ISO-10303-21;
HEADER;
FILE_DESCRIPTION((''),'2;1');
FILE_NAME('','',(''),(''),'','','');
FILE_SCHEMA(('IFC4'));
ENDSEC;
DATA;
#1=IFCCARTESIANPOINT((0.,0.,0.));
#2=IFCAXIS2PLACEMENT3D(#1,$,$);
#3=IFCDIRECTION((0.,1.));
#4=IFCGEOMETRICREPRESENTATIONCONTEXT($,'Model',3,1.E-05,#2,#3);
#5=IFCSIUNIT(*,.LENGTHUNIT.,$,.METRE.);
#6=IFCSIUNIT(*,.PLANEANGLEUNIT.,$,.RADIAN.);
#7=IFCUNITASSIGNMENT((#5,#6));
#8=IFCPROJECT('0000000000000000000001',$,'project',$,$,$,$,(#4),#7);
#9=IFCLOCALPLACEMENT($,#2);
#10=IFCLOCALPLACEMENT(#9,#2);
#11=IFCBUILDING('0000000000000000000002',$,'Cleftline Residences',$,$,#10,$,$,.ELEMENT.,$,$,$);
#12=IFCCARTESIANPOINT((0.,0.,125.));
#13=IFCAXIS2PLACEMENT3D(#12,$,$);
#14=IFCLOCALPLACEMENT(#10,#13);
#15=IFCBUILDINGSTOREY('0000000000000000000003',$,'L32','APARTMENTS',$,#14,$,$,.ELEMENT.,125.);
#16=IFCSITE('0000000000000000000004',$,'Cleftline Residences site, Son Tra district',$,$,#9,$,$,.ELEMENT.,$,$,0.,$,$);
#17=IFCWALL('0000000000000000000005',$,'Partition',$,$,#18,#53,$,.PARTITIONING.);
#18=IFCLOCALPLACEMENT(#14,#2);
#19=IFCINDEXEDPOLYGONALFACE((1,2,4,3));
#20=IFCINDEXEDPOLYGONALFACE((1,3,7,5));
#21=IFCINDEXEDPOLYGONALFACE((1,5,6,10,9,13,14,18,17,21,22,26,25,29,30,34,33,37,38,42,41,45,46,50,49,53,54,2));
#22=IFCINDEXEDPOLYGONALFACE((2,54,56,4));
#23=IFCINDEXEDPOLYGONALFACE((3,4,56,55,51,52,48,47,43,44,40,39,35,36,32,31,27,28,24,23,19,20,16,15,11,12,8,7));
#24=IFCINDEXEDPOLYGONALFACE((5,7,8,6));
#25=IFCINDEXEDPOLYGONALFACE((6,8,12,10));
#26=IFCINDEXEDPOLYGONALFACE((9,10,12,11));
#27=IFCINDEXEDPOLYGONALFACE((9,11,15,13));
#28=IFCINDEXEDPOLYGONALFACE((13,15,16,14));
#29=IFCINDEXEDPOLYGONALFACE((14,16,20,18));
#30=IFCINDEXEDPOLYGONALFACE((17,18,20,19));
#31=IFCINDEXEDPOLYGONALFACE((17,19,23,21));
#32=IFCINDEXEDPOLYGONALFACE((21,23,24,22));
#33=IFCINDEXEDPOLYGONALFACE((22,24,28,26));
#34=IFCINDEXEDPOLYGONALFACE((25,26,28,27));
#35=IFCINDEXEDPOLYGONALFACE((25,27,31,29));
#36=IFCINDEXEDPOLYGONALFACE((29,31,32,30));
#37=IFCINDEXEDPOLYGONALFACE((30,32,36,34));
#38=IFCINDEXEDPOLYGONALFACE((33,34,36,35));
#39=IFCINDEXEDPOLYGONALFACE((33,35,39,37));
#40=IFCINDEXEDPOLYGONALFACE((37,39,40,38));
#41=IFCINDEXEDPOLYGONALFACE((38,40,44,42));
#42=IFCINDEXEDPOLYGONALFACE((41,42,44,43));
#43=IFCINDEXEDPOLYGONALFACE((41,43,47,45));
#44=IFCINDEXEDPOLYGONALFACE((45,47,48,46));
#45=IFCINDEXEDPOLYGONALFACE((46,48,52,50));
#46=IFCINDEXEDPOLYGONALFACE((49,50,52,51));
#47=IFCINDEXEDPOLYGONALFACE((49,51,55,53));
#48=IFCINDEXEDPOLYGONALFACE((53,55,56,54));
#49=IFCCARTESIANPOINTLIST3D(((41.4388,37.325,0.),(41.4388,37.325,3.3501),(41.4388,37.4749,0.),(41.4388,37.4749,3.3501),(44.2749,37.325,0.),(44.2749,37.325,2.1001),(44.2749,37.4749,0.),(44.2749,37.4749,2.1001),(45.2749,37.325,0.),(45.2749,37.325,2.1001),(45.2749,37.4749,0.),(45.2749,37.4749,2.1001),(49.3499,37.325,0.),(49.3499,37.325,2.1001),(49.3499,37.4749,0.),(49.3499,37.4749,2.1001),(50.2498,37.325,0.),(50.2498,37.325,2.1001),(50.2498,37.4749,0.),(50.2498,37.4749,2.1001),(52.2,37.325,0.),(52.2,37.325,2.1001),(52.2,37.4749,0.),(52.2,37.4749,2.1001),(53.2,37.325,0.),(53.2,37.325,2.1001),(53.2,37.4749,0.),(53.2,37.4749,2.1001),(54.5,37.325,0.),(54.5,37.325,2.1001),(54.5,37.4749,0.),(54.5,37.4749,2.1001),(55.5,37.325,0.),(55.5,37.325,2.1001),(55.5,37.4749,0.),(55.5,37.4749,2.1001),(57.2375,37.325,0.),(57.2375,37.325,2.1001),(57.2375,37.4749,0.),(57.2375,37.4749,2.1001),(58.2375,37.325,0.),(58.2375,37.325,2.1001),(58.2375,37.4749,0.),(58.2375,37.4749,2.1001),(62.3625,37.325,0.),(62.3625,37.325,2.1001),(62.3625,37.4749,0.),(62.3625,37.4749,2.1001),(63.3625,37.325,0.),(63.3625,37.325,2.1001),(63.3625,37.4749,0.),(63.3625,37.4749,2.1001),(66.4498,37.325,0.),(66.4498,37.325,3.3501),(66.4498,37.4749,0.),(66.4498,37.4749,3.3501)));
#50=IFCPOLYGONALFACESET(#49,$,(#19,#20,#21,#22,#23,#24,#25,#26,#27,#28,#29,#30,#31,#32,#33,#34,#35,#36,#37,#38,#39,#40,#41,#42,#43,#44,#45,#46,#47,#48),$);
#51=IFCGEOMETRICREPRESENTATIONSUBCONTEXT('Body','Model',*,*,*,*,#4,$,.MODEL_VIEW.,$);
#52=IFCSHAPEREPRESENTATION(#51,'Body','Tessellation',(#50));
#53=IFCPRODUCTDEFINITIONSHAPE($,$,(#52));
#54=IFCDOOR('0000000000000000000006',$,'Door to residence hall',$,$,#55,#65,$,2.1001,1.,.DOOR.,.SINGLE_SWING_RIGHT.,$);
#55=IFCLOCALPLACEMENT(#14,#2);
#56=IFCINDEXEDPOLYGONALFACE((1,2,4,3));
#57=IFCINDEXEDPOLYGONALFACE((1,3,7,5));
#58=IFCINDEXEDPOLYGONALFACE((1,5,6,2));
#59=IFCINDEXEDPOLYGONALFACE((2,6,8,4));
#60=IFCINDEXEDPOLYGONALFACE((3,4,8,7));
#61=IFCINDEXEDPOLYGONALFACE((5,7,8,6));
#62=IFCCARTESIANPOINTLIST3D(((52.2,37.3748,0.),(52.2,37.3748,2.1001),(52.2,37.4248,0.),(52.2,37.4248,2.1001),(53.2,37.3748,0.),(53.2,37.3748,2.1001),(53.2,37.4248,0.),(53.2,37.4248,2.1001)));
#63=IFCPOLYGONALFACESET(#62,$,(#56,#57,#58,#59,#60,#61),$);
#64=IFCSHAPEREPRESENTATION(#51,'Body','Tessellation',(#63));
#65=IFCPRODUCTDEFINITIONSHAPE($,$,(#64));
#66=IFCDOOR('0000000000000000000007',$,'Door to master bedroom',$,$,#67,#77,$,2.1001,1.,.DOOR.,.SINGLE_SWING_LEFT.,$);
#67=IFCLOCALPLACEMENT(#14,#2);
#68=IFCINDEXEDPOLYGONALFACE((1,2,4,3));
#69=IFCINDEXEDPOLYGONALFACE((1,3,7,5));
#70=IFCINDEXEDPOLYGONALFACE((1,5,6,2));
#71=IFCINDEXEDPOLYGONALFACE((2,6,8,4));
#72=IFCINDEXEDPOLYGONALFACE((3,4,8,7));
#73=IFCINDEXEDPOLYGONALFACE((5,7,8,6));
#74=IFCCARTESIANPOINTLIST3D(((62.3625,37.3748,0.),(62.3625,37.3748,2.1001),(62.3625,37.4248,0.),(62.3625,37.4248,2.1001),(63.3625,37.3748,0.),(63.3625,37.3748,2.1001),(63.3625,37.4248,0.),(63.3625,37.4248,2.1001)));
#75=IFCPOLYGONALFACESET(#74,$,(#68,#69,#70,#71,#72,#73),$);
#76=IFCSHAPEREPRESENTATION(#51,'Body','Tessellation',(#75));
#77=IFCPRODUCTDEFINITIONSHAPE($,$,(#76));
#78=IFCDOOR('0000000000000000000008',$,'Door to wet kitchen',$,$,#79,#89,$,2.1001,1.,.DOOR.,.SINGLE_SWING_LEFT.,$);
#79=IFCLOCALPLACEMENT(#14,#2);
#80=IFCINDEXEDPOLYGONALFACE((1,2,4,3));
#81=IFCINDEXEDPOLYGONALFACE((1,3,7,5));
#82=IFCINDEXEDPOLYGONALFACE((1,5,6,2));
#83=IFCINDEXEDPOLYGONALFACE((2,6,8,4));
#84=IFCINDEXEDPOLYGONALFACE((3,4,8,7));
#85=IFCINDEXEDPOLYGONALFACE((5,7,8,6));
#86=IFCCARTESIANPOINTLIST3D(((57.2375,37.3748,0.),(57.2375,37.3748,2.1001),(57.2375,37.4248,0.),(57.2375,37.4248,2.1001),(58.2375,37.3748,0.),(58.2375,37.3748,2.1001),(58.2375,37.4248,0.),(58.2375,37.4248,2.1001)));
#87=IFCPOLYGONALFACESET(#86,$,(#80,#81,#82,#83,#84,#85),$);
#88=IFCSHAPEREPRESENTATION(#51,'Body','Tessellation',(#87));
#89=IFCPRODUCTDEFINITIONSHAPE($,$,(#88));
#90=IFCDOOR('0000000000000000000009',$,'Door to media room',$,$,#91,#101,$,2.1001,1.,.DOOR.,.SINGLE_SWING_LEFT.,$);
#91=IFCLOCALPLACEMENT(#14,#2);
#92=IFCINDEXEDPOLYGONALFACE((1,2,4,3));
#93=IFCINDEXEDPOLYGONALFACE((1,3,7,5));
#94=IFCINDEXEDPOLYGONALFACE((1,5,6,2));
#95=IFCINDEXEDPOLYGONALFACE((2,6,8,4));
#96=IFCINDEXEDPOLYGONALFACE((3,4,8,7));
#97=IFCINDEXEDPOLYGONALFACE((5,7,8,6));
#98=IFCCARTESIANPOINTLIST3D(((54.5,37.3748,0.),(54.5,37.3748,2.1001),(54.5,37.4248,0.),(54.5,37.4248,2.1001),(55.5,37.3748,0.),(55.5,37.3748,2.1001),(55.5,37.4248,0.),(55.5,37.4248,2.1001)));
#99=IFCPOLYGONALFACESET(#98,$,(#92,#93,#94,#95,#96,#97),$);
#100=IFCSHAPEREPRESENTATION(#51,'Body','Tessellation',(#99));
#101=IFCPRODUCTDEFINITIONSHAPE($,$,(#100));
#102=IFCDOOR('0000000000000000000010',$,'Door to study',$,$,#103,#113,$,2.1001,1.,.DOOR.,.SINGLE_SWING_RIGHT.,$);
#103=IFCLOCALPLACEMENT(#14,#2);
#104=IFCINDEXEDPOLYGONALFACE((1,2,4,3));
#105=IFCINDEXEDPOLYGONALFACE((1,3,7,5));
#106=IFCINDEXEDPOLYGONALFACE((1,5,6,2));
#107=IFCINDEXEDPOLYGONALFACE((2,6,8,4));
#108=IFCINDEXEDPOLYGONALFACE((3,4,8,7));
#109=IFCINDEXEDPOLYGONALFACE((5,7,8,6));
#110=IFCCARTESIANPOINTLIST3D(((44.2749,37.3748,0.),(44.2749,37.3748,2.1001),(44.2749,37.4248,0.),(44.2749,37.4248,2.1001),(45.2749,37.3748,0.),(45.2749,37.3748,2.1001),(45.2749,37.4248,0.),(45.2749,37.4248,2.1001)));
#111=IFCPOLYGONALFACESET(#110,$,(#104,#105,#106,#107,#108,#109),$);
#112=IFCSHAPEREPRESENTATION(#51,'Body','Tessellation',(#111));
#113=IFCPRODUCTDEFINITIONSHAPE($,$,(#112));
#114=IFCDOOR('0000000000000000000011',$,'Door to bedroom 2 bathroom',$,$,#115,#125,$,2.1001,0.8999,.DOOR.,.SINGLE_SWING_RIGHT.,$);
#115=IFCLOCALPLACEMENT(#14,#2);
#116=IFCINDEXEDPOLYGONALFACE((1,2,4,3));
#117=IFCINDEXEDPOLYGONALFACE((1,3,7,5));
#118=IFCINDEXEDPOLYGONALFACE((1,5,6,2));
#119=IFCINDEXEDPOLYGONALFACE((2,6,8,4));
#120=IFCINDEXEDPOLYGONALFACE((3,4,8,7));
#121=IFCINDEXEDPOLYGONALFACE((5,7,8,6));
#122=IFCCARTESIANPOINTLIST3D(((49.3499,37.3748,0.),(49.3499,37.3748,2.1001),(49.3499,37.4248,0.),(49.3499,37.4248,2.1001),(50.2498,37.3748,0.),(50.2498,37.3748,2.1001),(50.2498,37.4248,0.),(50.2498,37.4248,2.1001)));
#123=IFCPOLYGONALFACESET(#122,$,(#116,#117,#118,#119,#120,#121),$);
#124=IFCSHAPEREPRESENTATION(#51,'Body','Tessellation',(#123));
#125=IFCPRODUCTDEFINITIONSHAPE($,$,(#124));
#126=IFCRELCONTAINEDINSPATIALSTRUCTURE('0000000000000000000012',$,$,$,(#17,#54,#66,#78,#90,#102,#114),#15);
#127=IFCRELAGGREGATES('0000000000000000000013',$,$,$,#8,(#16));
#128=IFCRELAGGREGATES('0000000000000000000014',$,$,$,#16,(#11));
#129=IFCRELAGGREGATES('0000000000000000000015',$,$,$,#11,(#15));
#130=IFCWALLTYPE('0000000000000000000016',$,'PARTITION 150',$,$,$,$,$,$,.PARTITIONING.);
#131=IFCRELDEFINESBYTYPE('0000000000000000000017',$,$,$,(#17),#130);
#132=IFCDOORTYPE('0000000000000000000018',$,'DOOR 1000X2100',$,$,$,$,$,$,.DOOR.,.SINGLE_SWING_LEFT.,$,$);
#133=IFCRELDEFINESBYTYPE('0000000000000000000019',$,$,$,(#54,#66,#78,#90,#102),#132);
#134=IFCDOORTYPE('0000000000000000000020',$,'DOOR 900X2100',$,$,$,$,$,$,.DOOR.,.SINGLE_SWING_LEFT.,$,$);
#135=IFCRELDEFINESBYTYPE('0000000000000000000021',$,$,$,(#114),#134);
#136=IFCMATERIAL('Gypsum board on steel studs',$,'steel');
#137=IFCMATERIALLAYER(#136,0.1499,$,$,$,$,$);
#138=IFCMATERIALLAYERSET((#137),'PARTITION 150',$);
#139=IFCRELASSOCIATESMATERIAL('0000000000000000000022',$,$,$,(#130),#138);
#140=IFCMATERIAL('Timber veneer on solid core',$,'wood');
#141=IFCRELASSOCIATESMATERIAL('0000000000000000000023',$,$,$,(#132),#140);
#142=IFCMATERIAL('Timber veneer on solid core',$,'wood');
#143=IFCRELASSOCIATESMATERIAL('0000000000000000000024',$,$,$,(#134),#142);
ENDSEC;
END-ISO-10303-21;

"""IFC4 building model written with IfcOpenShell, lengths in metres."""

from ifc_helpers import new_model, si_unit, direction, frame, frame_2d, origin, place, context, subcontext, project, spatial, rectangle, extrude, material, layer, layer_set, type_object, element, fill, save


model = new_model("IFC4")

# Units and contexts
model_context = context("Model", 3, precision=1e-05, world=origin(), true_north=direction((0.0, 1.0)))
body_context = subcontext(model_context, "Body", "Model", "MODEL_VIEW")
ifc_project = project(units=[si_unit("LENGTHUNIT", "METRE"), si_unit("PLANEANGLEUNIT", "RADIAN")], contexts=[model_context])

# Site, building, storey
site_placement = place(None, origin())
site = spatial("IfcSite", under=ifc_project, at=site_placement, Name="Cleftline Residences site, Son Tra district", CompositionType="ELEMENT", RefElevation=0.0)
building_placement = place(site_placement, origin())
building = spatial("IfcBuilding", under=site, at=building_placement, Name="Cleftline Residences", CompositionType="ELEMENT")
storey_placement = place(building_placement, frame((0.0, 0.0, 125.0)))
storey = spatial("IfcBuildingStorey", under=building, at=storey_placement, Name="L32", Description="APARTMENTS", CompositionType="ELEMENT", Elevation=125.0)

# Wall, openings, doors
ifc_material_1 = material(Name="Gypsum board on steel studs", Category="steel")
ifc_layer_1 = layer(ifc_material_1, 0.1499)
ifc_layer_set_1 = layer_set([ifc_layer_1], Name="PARTITION 150")
wall_type = type_object("IfcWallType", Name="PARTITION 150", PredefinedType="PARTITIONING", material=ifc_layer_set_1)
wall_1_placement = place(storey_placement, frame((41.439, 37.3999, 0.0), z_axis=(0.0, 0.0, 1.0), x_axis=(1.0, 0.0, 0.0)))
wall_1 = element("IfcWall", 1, at=wall_1_placement, inside=storey, type_object=wall_type, Name="Partition", PredefinedType="PARTITIONING", context=body_context, shape_type="SweptSolid", body=[
    extrude(rectangle(XDim=25.011, YDim=0.1499, at=frame_2d((12.5054, 0.0))), origin(), (0.0, 0.0, 1.0), 3.3501),
])
opening_1_placement = place(wall_1_placement, frame((10.761, 0.0, 0.0)))
opening_1 = element("IfcOpeningElement", 2, at=opening_1_placement, cuts=wall_1, PredefinedType="OPENING", context=body_context, shape_type="SweptSolid", body=[
    extrude(rectangle(XDim=1.0, YDim=2.1001, at=frame_2d((0.5, 1.05))), frame((0.0, 0.085, 0.0), z_axis=(0.0, -1.0, 0.0), x_axis=(1.0, 0.0, 0.0)), (0.0, 0.0, 1.0), 0.1699),
])
opening_2_placement = place(wall_1_placement, frame((20.9236, 0.0, 0.0)))
opening_2 = element("IfcOpeningElement", 3, at=opening_2_placement, cuts=wall_1, PredefinedType="OPENING", context=body_context, shape_type="SweptSolid", body=[
    extrude(rectangle(XDim=1.0, YDim=2.1001, at=frame_2d((0.5, 1.05))), frame((0.0, 0.085, 0.0), z_axis=(0.0, -1.0, 0.0), x_axis=(1.0, 0.0, 0.0)), (0.0, 0.0, 1.0), 0.1699),
])
opening_3_placement = place(wall_1_placement, frame((15.7986, 0.0, 0.0)))
opening_3 = element("IfcOpeningElement", 4, at=opening_3_placement, cuts=wall_1, PredefinedType="OPENING", context=body_context, shape_type="SweptSolid", body=[
    extrude(rectangle(XDim=1.0, YDim=2.1001, at=frame_2d((0.5, 1.05))), frame((0.0, 0.085, 0.0), z_axis=(0.0, -1.0, 0.0), x_axis=(1.0, 0.0, 0.0)), (0.0, 0.0, 1.0), 0.1699),
])
opening_4_placement = place(wall_1_placement, frame((13.061, 0.0, 0.0)))
opening_4 = element("IfcOpeningElement", 5, at=opening_4_placement, cuts=wall_1, PredefinedType="OPENING", context=body_context, shape_type="SweptSolid", body=[
    extrude(rectangle(XDim=1.0, YDim=2.1001, at=frame_2d((0.5, 1.05))), frame((0.0, 0.085, 0.0), z_axis=(0.0, -1.0, 0.0), x_axis=(1.0, 0.0, 0.0)), (0.0, 0.0, 1.0), 0.1699),
])
opening_5_placement = place(wall_1_placement, frame((7.9109, 0.0, 0.0)))
opening_5 = element("IfcOpeningElement", 6, at=opening_5_placement, cuts=wall_1, PredefinedType="OPENING", context=body_context, shape_type="SweptSolid", body=[
    extrude(rectangle(XDim=0.8999, YDim=2.1001, at=frame_2d((0.45, 1.05))), frame((0.0, 0.085, 0.0), z_axis=(0.0, -1.0, 0.0), x_axis=(1.0, 0.0, 0.0)), (0.0, 0.0, 1.0), 0.1699),
])
opening_6_placement = place(wall_1_placement, frame((2.8359, 0.0, 0.0)))
opening_6 = element("IfcOpeningElement", 7, at=opening_6_placement, cuts=wall_1, PredefinedType="OPENING", context=body_context, shape_type="SweptSolid", body=[
    extrude(rectangle(XDim=1.0, YDim=2.1001, at=frame_2d((0.5, 1.05))), frame((0.0, 0.085, 0.0), z_axis=(0.0, -1.0, 0.0), x_axis=(1.0, 0.0, 0.0)), (0.0, 0.0, 1.0), 0.1699),
])
ifc_material_2 = material(Name="Timber veneer on solid core", Category="wood")
door_type_1 = type_object("IfcDoorType", Name="DOOR 1000X2100", OperationType="SINGLE_SWING_LEFT", PredefinedType="DOOR", material=ifc_material_2)
door_1_placement = place(opening_1_placement, origin())
door_1 = element("IfcDoor", 8, at=door_1_placement, inside=storey, type_object=door_type_1, Name="Door to residence hall", OperationType="SINGLE_SWING_RIGHT", OverallHeight=2.1001, OverallWidth=1.0, PredefinedType="DOOR", context=body_context, shape_type="SweptSolid", body=[
    extrude(rectangle(XDim=1.0, YDim=2.1001, at=frame_2d((0.5, 1.05))), frame((0.0, 0.0249, 0.0), z_axis=(0.0, -1.0, 0.0), x_axis=(1.0, 0.0, 0.0)), (0.0, 0.0, 1.0), 0.05),
])
fill(opening_1, door_1)
door_2_placement = place(opening_2_placement, origin())
door_2 = element("IfcDoor", 9, at=door_2_placement, inside=storey, type_object=door_type_1, Name="Door to master bedroom", OperationType="SINGLE_SWING_LEFT", OverallHeight=2.1001, OverallWidth=1.0, PredefinedType="DOOR", context=body_context, shape_type="SweptSolid", body=[
    extrude(rectangle(XDim=1.0, YDim=2.1001, at=frame_2d((0.5, 1.05))), frame((0.0, 0.0249, 0.0), z_axis=(0.0, -1.0, 0.0), x_axis=(1.0, 0.0, 0.0)), (0.0, 0.0, 1.0), 0.05),
])
fill(opening_2, door_2)
door_3_placement = place(opening_3_placement, origin())
door_3 = element("IfcDoor", 10, at=door_3_placement, inside=storey, type_object=door_type_1, Name="Door to wet kitchen", OperationType="SINGLE_SWING_LEFT", OverallHeight=2.1001, OverallWidth=1.0, PredefinedType="DOOR", context=body_context, shape_type="SweptSolid", body=[
    extrude(rectangle(XDim=1.0, YDim=2.1001, at=frame_2d((0.5, 1.05))), frame((0.0, 0.0249, 0.0), z_axis=(0.0, -1.0, 0.0), x_axis=(1.0, 0.0, 0.0)), (0.0, 0.0, 1.0), 0.05),
])
fill(opening_3, door_3)
door_4_placement = place(opening_4_placement, origin())
door_4 = element("IfcDoor", 11, at=door_4_placement, inside=storey, type_object=door_type_1, Name="Door to media room", OperationType="SINGLE_SWING_LEFT", OverallHeight=2.1001, OverallWidth=1.0, PredefinedType="DOOR", context=body_context, shape_type="SweptSolid", body=[
    extrude(rectangle(XDim=1.0, YDim=2.1001, at=frame_2d((0.5, 1.05))), frame((0.0, 0.0249, 0.0), z_axis=(0.0, -1.0, 0.0), x_axis=(1.0, 0.0, 0.0)), (0.0, 0.0, 1.0), 0.05),
])
fill(opening_4, door_4)
door_5_placement = place(opening_6_placement, origin())
door_5 = element("IfcDoor", 12, at=door_5_placement, inside=storey, type_object=door_type_1, Name="Door to study", OperationType="SINGLE_SWING_RIGHT", OverallHeight=2.1001, OverallWidth=1.0, PredefinedType="DOOR", context=body_context, shape_type="SweptSolid", body=[
    extrude(rectangle(XDim=1.0, YDim=2.1001, at=frame_2d((0.5, 1.05))), frame((0.0, 0.0249, 0.0), z_axis=(0.0, -1.0, 0.0), x_axis=(1.0, 0.0, 0.0)), (0.0, 0.0, 1.0), 0.05),
])
fill(opening_6, door_5)
ifc_material_3 = material(Name="Timber veneer on solid core", Category="wood")
door_type_2 = type_object("IfcDoorType", Name="DOOR 900X2100", OperationType="SINGLE_SWING_LEFT", PredefinedType="DOOR", material=ifc_material_3)
door_6_placement = place(opening_5_placement, origin())
door_6 = element("IfcDoor", 13, at=door_6_placement, inside=storey, type_object=door_type_2, Name="Door to bedroom 2 bathroom", OperationType="SINGLE_SWING_RIGHT", OverallHeight=2.1001, OverallWidth=0.8999, PredefinedType="DOOR", context=body_context, shape_type="SweptSolid", body=[
    extrude(rectangle(XDim=0.8999, YDim=2.1001, at=frame_2d((0.45, 1.05))), frame((0.0, 0.0249, 0.0), z_axis=(0.0, -1.0, 0.0), x_axis=(1.0, 0.0, 0.0)), (0.0, 0.0, 1.0), 0.05),
])
fill(opening_5, door_6)

save(model, "model.ifc")
